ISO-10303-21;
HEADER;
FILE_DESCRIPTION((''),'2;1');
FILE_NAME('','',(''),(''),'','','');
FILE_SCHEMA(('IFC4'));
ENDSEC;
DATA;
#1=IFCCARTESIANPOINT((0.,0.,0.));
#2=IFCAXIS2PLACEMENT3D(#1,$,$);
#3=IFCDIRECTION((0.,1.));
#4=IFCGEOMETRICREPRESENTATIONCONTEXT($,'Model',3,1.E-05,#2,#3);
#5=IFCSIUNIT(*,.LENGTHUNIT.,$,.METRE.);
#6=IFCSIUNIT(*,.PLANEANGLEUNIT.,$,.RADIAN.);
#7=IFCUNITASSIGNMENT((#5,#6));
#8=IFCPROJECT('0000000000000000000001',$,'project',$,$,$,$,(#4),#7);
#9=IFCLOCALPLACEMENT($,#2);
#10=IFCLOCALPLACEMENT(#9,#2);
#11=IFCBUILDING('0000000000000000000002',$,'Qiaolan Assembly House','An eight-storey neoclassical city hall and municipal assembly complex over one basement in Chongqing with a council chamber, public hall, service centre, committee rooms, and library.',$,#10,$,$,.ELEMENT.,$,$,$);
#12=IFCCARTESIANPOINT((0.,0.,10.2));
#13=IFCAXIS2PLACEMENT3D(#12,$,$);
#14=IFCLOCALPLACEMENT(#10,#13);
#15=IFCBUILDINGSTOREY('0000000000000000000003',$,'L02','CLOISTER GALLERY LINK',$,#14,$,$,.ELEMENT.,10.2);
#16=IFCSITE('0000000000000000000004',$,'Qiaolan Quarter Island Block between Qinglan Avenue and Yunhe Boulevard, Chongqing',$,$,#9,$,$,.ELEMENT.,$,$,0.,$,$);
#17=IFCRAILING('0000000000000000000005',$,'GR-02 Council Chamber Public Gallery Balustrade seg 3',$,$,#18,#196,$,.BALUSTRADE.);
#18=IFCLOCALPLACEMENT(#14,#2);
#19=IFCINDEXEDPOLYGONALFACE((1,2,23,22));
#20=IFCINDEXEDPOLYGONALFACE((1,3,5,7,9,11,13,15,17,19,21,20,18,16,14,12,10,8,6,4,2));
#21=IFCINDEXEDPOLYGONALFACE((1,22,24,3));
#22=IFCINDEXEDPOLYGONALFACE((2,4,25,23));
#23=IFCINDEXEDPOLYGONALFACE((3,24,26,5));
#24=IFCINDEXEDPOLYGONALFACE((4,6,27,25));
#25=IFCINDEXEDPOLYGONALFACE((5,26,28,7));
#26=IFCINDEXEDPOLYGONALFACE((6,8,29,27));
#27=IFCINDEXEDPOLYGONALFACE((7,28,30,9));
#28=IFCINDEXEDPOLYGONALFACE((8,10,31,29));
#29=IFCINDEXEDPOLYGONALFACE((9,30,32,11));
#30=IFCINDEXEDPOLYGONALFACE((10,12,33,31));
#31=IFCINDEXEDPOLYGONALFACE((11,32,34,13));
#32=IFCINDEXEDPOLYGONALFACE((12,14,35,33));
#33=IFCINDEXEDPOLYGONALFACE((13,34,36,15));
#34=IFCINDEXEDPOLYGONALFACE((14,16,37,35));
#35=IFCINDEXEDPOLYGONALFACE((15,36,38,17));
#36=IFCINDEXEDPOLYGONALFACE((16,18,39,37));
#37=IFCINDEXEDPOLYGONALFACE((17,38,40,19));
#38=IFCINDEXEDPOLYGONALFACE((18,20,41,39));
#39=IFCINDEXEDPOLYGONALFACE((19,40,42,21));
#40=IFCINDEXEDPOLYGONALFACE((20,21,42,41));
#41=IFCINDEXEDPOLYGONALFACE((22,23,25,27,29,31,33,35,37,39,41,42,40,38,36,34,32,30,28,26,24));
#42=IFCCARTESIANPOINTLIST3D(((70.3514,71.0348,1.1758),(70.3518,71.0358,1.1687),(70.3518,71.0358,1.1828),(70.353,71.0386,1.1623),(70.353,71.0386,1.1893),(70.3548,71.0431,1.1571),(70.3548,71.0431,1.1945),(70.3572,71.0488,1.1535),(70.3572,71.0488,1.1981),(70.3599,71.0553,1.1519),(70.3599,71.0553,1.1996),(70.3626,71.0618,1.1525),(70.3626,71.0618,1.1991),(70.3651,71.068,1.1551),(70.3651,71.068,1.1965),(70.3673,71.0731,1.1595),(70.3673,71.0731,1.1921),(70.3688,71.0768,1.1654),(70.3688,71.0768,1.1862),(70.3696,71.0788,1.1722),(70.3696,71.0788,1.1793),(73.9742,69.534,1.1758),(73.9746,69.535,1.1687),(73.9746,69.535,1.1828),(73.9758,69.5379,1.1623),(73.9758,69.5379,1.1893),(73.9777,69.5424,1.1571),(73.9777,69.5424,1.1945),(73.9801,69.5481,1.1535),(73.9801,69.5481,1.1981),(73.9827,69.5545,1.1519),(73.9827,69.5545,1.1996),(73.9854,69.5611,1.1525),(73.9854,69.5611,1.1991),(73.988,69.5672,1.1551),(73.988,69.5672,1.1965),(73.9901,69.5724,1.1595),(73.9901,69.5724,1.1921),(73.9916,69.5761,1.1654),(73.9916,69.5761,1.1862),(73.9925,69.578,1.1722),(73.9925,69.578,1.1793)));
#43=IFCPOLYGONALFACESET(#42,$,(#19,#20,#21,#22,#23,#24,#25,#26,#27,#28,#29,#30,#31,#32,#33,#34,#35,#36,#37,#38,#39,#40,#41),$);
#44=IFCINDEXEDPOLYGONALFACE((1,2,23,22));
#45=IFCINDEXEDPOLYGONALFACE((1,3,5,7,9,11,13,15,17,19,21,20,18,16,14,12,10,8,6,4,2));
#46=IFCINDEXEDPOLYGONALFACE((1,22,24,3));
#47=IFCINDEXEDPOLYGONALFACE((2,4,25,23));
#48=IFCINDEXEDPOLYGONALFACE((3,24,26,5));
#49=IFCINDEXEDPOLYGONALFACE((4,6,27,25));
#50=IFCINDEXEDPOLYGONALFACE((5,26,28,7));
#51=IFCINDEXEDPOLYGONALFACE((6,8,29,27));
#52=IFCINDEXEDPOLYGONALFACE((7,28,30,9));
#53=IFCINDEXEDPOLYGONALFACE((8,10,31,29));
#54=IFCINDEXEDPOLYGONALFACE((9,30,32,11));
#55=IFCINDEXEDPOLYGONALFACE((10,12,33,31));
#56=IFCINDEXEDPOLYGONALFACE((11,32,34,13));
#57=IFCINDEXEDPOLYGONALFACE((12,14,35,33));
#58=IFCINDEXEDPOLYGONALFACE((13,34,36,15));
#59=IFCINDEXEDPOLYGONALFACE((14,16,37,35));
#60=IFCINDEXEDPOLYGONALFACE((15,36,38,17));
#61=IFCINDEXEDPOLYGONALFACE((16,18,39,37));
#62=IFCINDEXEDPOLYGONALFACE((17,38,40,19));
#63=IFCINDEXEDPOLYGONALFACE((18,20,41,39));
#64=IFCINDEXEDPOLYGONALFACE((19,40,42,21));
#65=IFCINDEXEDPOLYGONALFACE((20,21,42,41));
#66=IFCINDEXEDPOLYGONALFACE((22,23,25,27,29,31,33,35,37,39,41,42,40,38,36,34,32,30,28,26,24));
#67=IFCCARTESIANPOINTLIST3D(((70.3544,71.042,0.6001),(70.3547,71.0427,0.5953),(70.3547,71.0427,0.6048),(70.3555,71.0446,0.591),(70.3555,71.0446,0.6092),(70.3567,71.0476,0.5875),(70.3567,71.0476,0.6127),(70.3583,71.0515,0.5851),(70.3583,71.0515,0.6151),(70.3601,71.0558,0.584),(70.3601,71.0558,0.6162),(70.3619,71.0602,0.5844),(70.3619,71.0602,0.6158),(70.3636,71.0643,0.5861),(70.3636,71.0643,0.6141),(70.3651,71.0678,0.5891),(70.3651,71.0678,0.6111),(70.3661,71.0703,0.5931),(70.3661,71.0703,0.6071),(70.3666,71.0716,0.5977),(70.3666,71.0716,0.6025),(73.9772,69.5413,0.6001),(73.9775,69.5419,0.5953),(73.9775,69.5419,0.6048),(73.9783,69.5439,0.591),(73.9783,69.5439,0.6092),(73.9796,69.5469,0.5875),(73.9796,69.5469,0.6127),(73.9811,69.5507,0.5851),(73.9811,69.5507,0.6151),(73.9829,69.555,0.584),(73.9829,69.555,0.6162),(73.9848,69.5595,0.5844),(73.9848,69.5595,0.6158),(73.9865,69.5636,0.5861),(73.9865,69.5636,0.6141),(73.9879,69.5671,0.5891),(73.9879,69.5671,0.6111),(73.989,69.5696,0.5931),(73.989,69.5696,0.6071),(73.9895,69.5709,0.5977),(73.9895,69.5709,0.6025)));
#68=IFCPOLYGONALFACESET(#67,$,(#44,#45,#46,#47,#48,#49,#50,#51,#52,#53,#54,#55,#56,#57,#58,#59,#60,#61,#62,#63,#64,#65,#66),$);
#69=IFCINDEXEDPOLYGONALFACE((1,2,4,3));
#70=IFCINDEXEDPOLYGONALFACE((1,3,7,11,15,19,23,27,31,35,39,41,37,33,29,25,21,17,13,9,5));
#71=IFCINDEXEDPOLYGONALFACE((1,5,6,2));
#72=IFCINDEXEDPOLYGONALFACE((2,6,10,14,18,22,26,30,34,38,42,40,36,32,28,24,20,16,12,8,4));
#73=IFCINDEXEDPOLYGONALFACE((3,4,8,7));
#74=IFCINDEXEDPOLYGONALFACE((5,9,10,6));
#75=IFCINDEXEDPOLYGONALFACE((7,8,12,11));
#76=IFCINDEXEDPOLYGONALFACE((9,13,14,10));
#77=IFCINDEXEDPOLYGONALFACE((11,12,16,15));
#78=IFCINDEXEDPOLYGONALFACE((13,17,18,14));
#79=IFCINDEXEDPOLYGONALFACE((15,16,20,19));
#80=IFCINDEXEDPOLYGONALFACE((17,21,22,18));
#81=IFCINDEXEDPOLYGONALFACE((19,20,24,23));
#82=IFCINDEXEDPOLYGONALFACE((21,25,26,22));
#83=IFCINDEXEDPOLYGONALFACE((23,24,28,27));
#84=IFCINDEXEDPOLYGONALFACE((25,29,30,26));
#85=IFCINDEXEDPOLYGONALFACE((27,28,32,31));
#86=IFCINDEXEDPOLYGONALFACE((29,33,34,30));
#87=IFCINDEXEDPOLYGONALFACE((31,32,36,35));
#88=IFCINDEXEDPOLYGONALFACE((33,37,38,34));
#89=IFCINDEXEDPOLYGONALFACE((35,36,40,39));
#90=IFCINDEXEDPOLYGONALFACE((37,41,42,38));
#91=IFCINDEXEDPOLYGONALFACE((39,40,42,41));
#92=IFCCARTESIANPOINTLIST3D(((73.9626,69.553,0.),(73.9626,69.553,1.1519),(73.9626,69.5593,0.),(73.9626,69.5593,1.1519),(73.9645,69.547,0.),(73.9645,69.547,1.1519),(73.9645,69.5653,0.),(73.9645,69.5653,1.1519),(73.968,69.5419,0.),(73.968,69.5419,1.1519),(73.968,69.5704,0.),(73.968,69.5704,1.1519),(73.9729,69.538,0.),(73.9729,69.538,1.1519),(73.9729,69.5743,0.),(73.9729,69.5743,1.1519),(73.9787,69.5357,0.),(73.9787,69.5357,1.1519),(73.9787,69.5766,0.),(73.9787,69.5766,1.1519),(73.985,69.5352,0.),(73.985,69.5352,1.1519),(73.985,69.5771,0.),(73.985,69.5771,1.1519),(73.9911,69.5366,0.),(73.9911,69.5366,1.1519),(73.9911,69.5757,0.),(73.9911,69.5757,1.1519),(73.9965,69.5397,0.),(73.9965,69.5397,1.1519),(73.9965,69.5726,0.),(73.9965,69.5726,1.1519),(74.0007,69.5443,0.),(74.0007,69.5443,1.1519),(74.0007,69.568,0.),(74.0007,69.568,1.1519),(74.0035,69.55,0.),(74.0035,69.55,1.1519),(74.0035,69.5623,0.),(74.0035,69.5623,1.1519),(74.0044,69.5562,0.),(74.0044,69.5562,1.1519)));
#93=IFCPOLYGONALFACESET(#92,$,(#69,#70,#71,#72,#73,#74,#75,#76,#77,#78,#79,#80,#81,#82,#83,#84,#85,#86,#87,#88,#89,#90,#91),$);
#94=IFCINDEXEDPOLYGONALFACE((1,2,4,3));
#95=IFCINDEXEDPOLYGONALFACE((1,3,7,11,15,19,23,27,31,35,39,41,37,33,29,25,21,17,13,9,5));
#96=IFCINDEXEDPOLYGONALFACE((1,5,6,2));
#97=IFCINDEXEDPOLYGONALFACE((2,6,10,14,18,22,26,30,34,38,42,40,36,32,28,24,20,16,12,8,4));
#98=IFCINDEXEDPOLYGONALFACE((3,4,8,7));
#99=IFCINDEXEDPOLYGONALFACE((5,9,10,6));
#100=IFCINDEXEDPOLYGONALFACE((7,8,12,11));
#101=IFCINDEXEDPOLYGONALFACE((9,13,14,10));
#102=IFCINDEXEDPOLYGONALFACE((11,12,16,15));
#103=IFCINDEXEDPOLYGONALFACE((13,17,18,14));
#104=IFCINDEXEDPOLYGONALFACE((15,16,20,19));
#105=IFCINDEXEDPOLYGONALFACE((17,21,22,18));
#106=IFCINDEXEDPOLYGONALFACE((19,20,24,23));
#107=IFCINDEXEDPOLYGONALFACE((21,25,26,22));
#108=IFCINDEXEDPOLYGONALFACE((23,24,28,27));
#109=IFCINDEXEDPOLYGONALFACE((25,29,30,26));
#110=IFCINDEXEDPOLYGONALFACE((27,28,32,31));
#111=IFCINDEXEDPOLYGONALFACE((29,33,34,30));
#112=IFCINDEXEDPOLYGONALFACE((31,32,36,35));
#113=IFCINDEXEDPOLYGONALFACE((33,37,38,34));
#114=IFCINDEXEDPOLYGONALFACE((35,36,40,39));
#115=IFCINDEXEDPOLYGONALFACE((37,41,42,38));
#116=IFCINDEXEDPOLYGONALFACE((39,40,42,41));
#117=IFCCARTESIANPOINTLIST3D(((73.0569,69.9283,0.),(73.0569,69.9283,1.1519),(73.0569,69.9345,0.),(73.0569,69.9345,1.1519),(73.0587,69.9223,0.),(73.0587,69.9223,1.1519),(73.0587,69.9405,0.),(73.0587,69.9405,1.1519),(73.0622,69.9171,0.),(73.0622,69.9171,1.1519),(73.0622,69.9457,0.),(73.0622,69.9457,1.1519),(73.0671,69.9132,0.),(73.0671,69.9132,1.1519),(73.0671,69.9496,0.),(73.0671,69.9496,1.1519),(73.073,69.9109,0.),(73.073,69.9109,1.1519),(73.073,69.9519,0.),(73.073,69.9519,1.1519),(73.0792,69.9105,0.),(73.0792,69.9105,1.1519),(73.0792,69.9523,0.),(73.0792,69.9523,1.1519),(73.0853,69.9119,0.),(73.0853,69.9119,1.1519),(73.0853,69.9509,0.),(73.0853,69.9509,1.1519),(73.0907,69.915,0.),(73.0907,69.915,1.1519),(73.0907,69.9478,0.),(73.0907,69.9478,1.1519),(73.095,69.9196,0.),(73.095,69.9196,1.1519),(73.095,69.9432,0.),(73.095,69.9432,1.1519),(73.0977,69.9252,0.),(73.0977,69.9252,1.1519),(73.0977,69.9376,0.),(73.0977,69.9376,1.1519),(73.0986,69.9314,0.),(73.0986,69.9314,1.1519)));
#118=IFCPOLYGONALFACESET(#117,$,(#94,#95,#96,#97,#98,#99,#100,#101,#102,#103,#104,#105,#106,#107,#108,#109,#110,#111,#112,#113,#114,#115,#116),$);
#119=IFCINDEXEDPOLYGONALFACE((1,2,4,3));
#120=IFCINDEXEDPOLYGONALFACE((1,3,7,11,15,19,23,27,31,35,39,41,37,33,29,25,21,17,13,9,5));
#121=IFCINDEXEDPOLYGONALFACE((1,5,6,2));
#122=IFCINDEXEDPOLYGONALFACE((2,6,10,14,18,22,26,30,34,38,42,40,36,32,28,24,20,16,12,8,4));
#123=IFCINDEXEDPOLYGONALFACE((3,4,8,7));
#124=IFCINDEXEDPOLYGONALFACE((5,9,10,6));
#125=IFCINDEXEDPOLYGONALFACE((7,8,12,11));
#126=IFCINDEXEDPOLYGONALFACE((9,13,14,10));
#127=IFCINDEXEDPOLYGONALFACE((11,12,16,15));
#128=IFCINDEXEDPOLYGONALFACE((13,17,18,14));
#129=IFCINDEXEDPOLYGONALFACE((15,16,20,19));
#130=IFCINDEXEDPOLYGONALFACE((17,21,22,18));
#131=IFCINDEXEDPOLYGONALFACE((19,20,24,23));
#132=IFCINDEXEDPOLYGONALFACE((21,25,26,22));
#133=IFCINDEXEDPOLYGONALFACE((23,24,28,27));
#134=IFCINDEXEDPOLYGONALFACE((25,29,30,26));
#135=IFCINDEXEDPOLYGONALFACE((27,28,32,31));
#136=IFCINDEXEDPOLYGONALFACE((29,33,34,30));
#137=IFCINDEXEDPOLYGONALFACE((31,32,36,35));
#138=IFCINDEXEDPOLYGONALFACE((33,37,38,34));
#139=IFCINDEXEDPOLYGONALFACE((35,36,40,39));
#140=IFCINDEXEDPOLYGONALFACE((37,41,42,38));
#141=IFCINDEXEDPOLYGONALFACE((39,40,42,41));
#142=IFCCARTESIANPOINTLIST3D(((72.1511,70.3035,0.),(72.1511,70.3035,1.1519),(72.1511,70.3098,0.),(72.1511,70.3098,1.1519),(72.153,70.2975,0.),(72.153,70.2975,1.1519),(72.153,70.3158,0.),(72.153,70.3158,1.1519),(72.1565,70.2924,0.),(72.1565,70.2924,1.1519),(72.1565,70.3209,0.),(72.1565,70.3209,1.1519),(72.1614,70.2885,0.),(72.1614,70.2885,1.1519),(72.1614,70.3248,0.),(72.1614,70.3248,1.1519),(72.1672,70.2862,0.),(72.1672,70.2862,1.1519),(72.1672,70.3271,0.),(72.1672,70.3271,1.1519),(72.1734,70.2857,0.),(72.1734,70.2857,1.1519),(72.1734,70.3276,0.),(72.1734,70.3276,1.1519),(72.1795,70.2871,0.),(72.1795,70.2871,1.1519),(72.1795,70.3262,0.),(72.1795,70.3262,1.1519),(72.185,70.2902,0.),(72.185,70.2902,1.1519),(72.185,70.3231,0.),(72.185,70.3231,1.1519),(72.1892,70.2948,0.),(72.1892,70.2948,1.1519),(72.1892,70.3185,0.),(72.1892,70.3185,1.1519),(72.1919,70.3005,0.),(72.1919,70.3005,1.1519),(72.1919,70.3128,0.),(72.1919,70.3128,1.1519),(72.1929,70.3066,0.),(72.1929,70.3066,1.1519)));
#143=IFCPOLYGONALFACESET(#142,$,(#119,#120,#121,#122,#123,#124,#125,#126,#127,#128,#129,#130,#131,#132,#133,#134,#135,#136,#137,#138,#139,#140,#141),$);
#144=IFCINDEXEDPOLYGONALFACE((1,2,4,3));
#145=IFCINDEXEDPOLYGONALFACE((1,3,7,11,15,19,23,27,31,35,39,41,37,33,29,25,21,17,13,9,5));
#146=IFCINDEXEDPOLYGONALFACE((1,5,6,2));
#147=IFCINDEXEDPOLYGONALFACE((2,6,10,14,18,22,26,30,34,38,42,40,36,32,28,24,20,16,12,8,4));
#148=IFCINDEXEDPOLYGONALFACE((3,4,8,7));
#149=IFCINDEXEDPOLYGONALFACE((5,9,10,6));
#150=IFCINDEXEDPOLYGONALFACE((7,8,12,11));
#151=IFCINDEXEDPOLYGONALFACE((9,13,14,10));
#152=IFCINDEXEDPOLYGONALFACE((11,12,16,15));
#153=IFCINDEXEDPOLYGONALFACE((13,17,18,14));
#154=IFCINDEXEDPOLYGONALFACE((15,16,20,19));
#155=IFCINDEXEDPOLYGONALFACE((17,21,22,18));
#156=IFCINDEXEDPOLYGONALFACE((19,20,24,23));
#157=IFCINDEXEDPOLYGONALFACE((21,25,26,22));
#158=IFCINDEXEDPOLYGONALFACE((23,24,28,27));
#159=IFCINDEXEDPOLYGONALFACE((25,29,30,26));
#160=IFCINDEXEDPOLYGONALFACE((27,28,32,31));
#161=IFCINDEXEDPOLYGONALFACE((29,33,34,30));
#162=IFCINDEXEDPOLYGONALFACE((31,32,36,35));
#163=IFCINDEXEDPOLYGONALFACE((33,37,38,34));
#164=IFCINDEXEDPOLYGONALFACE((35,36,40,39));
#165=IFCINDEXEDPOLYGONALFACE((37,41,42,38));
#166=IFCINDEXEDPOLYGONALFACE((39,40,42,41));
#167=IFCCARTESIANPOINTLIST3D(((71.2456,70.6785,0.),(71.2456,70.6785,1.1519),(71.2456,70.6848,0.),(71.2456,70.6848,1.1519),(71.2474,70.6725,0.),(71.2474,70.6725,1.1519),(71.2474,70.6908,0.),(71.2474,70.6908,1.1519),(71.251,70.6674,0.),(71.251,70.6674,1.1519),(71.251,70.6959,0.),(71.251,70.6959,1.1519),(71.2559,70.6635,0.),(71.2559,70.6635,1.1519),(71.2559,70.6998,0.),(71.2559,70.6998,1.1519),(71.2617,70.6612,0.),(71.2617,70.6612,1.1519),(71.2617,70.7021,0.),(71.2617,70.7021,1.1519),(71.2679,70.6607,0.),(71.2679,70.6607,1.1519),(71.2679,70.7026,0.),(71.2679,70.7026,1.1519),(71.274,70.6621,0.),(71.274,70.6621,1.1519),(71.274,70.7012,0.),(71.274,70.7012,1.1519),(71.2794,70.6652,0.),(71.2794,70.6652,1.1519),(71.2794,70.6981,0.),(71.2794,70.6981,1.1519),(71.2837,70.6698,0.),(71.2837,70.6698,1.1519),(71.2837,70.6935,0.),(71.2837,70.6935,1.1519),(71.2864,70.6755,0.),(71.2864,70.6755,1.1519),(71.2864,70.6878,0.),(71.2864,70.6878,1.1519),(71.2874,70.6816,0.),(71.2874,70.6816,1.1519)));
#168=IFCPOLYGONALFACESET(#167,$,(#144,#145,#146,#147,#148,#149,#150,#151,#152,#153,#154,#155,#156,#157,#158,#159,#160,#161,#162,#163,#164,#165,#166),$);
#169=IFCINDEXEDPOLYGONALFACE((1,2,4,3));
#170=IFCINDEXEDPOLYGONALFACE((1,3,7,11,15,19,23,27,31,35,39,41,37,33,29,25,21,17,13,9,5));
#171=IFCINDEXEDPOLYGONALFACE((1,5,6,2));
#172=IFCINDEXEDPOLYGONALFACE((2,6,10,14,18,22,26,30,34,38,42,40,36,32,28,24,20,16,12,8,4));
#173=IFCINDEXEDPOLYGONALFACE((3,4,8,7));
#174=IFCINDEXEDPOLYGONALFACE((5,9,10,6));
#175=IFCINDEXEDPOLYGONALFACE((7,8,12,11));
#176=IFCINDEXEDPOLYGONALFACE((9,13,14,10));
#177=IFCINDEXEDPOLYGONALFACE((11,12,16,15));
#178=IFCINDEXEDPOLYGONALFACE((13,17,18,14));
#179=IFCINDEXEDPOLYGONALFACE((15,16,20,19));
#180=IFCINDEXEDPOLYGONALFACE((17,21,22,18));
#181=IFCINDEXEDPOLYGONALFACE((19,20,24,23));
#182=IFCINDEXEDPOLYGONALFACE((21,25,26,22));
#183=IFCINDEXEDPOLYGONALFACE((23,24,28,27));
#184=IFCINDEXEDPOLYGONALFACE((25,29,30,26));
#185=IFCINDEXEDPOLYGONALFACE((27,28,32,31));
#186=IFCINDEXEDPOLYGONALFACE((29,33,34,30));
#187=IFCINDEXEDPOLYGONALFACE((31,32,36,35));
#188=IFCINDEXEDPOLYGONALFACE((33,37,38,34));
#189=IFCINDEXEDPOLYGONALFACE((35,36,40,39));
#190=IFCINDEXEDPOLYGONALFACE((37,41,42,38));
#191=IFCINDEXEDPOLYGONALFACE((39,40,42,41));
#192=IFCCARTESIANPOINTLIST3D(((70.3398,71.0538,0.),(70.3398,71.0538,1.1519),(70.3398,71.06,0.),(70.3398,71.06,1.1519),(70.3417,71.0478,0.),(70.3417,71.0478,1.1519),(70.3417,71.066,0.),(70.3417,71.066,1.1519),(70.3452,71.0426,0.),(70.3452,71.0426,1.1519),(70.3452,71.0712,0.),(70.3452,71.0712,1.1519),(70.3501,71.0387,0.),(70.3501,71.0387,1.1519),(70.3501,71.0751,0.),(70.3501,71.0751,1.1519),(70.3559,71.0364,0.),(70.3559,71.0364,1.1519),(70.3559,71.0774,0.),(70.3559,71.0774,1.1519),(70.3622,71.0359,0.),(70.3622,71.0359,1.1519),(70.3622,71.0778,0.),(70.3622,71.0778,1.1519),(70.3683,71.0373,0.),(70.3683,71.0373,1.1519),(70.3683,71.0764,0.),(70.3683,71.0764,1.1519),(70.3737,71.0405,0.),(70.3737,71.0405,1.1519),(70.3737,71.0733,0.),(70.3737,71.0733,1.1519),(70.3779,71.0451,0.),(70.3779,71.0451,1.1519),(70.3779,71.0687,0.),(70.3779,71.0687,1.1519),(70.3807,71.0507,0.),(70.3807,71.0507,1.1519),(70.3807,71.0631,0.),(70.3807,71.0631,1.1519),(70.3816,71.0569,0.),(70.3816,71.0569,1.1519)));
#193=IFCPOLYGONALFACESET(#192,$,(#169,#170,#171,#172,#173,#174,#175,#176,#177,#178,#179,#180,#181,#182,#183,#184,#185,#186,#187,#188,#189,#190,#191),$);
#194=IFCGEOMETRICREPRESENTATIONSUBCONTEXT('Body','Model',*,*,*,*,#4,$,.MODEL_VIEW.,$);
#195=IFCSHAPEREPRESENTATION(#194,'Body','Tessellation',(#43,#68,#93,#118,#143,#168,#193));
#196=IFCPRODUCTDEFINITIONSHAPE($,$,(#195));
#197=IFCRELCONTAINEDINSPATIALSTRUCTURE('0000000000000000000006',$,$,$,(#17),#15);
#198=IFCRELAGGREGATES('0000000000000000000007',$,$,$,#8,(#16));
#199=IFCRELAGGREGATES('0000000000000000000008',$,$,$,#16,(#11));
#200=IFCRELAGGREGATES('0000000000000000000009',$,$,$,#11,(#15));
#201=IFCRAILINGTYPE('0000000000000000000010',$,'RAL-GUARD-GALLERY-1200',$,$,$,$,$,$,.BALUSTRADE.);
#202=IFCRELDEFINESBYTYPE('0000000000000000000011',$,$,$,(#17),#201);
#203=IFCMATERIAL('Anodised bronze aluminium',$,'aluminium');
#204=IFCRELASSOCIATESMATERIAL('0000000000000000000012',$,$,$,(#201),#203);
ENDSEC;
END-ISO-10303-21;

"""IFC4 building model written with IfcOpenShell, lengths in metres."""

from ifc_helpers import new_model, si_unit, direction, frame, origin, origin_2d, place, context, subcontext, project, spatial, circle, extrude, material, type_object, element, save


model = new_model("IFC4")

# Units and contexts
model_context = context("Model", 3, precision=1e-05, world=origin(), true_north=direction((0.0, 1.0)))
body_context = subcontext(model_context, "Body", "Model", "MODEL_VIEW")
ifc_project = project(units=[si_unit("LENGTHUNIT", "METRE"), si_unit("PLANEANGLEUNIT", "RADIAN")], contexts=[model_context])

# Site, building, storey
site_placement = place(None, origin())
site = spatial("IfcSite", under=ifc_project, at=site_placement, Name="Qiaolan Quarter Island Block between Qinglan Avenue and Yunhe Boulevard, Chongqing", CompositionType="ELEMENT", RefElevation=0.0)
building_placement = place(site_placement, origin())
building = spatial("IfcBuilding", under=site, at=building_placement, Name="Qiaolan Assembly House", Description="An eight-storey neoclassical city hall and municipal assembly complex over one basement in Chongqing with a council chamber, public hall, service centre, committee rooms, and library.", CompositionType="ELEMENT")
storey_placement = place(building_placement, frame((0.0, 0.0, 10.2)))
storey = spatial("IfcBuildingStorey", under=building, at=storey_placement, Name="L02", Description="CLOISTER GALLERY LINK", CompositionType="ELEMENT", Elevation=10.2)

# Railing
ifc_material_1 = material(Name="Anodised bronze aluminium", Category="aluminium")
railing_type = type_object("IfcRailingType", Name="RAL-GUARD-GALLERY-1200", PredefinedType="BALUSTRADE", material=ifc_material_1)
railing_1_placement = place(storey_placement, frame((73.9834, 69.5562, 0.0)))
element("IfcRailing", 1, at=railing_1_placement, inside=storey, type_object=railing_type, Name="GR-02 Council Chamber Public Gallery Balustrade seg 3", PredefinedType="BALUSTRADE", context=body_context, shape_type="SweptSolid", body=[
    extrude(circle(Radius=0.0239, at=origin_2d()), frame((0.0, 0.0, 1.1758), z_axis=(-0.923869, 0.382709, 0.0), x_axis=(-0.382709, -0.923869, 0.0)), (0.0, 0.0, 1.0), 3.9214),
    extrude(circle(Radius=0.0161, at=origin_2d()), frame((0.0, 0.0, 0.6001), z_axis=(-0.923869, 0.382709, 0.0), x_axis=(-0.382709, -0.923869, 0.0)), (0.0, 0.0, 1.0), 3.9214),
    extrude(circle(Radius=0.021, at=origin_2d()), origin(), (0.0, 0.0, 1.0), 1.1519),
    extrude(circle(Radius=0.021, at=origin_2d()), frame((-0.9058, 0.3752, 0.0)), (0.0, 0.0, 1.0), 1.1519),
    extrude(circle(Radius=0.021, at=origin_2d()), frame((-1.8115, 0.7505, 0.0)), (0.0, 0.0, 1.0), 1.1519),
    extrude(circle(Radius=0.021, at=origin_2d()), frame((-2.717, 1.1255, 0.0)), (0.0, 0.0, 1.0), 1.1519),
    extrude(circle(Radius=0.021, at=origin_2d()), frame((-3.6228, 1.5007, 0.0)), (0.0, 0.0, 1.0), 1.1519),
])

save(model, "model.ifc")
